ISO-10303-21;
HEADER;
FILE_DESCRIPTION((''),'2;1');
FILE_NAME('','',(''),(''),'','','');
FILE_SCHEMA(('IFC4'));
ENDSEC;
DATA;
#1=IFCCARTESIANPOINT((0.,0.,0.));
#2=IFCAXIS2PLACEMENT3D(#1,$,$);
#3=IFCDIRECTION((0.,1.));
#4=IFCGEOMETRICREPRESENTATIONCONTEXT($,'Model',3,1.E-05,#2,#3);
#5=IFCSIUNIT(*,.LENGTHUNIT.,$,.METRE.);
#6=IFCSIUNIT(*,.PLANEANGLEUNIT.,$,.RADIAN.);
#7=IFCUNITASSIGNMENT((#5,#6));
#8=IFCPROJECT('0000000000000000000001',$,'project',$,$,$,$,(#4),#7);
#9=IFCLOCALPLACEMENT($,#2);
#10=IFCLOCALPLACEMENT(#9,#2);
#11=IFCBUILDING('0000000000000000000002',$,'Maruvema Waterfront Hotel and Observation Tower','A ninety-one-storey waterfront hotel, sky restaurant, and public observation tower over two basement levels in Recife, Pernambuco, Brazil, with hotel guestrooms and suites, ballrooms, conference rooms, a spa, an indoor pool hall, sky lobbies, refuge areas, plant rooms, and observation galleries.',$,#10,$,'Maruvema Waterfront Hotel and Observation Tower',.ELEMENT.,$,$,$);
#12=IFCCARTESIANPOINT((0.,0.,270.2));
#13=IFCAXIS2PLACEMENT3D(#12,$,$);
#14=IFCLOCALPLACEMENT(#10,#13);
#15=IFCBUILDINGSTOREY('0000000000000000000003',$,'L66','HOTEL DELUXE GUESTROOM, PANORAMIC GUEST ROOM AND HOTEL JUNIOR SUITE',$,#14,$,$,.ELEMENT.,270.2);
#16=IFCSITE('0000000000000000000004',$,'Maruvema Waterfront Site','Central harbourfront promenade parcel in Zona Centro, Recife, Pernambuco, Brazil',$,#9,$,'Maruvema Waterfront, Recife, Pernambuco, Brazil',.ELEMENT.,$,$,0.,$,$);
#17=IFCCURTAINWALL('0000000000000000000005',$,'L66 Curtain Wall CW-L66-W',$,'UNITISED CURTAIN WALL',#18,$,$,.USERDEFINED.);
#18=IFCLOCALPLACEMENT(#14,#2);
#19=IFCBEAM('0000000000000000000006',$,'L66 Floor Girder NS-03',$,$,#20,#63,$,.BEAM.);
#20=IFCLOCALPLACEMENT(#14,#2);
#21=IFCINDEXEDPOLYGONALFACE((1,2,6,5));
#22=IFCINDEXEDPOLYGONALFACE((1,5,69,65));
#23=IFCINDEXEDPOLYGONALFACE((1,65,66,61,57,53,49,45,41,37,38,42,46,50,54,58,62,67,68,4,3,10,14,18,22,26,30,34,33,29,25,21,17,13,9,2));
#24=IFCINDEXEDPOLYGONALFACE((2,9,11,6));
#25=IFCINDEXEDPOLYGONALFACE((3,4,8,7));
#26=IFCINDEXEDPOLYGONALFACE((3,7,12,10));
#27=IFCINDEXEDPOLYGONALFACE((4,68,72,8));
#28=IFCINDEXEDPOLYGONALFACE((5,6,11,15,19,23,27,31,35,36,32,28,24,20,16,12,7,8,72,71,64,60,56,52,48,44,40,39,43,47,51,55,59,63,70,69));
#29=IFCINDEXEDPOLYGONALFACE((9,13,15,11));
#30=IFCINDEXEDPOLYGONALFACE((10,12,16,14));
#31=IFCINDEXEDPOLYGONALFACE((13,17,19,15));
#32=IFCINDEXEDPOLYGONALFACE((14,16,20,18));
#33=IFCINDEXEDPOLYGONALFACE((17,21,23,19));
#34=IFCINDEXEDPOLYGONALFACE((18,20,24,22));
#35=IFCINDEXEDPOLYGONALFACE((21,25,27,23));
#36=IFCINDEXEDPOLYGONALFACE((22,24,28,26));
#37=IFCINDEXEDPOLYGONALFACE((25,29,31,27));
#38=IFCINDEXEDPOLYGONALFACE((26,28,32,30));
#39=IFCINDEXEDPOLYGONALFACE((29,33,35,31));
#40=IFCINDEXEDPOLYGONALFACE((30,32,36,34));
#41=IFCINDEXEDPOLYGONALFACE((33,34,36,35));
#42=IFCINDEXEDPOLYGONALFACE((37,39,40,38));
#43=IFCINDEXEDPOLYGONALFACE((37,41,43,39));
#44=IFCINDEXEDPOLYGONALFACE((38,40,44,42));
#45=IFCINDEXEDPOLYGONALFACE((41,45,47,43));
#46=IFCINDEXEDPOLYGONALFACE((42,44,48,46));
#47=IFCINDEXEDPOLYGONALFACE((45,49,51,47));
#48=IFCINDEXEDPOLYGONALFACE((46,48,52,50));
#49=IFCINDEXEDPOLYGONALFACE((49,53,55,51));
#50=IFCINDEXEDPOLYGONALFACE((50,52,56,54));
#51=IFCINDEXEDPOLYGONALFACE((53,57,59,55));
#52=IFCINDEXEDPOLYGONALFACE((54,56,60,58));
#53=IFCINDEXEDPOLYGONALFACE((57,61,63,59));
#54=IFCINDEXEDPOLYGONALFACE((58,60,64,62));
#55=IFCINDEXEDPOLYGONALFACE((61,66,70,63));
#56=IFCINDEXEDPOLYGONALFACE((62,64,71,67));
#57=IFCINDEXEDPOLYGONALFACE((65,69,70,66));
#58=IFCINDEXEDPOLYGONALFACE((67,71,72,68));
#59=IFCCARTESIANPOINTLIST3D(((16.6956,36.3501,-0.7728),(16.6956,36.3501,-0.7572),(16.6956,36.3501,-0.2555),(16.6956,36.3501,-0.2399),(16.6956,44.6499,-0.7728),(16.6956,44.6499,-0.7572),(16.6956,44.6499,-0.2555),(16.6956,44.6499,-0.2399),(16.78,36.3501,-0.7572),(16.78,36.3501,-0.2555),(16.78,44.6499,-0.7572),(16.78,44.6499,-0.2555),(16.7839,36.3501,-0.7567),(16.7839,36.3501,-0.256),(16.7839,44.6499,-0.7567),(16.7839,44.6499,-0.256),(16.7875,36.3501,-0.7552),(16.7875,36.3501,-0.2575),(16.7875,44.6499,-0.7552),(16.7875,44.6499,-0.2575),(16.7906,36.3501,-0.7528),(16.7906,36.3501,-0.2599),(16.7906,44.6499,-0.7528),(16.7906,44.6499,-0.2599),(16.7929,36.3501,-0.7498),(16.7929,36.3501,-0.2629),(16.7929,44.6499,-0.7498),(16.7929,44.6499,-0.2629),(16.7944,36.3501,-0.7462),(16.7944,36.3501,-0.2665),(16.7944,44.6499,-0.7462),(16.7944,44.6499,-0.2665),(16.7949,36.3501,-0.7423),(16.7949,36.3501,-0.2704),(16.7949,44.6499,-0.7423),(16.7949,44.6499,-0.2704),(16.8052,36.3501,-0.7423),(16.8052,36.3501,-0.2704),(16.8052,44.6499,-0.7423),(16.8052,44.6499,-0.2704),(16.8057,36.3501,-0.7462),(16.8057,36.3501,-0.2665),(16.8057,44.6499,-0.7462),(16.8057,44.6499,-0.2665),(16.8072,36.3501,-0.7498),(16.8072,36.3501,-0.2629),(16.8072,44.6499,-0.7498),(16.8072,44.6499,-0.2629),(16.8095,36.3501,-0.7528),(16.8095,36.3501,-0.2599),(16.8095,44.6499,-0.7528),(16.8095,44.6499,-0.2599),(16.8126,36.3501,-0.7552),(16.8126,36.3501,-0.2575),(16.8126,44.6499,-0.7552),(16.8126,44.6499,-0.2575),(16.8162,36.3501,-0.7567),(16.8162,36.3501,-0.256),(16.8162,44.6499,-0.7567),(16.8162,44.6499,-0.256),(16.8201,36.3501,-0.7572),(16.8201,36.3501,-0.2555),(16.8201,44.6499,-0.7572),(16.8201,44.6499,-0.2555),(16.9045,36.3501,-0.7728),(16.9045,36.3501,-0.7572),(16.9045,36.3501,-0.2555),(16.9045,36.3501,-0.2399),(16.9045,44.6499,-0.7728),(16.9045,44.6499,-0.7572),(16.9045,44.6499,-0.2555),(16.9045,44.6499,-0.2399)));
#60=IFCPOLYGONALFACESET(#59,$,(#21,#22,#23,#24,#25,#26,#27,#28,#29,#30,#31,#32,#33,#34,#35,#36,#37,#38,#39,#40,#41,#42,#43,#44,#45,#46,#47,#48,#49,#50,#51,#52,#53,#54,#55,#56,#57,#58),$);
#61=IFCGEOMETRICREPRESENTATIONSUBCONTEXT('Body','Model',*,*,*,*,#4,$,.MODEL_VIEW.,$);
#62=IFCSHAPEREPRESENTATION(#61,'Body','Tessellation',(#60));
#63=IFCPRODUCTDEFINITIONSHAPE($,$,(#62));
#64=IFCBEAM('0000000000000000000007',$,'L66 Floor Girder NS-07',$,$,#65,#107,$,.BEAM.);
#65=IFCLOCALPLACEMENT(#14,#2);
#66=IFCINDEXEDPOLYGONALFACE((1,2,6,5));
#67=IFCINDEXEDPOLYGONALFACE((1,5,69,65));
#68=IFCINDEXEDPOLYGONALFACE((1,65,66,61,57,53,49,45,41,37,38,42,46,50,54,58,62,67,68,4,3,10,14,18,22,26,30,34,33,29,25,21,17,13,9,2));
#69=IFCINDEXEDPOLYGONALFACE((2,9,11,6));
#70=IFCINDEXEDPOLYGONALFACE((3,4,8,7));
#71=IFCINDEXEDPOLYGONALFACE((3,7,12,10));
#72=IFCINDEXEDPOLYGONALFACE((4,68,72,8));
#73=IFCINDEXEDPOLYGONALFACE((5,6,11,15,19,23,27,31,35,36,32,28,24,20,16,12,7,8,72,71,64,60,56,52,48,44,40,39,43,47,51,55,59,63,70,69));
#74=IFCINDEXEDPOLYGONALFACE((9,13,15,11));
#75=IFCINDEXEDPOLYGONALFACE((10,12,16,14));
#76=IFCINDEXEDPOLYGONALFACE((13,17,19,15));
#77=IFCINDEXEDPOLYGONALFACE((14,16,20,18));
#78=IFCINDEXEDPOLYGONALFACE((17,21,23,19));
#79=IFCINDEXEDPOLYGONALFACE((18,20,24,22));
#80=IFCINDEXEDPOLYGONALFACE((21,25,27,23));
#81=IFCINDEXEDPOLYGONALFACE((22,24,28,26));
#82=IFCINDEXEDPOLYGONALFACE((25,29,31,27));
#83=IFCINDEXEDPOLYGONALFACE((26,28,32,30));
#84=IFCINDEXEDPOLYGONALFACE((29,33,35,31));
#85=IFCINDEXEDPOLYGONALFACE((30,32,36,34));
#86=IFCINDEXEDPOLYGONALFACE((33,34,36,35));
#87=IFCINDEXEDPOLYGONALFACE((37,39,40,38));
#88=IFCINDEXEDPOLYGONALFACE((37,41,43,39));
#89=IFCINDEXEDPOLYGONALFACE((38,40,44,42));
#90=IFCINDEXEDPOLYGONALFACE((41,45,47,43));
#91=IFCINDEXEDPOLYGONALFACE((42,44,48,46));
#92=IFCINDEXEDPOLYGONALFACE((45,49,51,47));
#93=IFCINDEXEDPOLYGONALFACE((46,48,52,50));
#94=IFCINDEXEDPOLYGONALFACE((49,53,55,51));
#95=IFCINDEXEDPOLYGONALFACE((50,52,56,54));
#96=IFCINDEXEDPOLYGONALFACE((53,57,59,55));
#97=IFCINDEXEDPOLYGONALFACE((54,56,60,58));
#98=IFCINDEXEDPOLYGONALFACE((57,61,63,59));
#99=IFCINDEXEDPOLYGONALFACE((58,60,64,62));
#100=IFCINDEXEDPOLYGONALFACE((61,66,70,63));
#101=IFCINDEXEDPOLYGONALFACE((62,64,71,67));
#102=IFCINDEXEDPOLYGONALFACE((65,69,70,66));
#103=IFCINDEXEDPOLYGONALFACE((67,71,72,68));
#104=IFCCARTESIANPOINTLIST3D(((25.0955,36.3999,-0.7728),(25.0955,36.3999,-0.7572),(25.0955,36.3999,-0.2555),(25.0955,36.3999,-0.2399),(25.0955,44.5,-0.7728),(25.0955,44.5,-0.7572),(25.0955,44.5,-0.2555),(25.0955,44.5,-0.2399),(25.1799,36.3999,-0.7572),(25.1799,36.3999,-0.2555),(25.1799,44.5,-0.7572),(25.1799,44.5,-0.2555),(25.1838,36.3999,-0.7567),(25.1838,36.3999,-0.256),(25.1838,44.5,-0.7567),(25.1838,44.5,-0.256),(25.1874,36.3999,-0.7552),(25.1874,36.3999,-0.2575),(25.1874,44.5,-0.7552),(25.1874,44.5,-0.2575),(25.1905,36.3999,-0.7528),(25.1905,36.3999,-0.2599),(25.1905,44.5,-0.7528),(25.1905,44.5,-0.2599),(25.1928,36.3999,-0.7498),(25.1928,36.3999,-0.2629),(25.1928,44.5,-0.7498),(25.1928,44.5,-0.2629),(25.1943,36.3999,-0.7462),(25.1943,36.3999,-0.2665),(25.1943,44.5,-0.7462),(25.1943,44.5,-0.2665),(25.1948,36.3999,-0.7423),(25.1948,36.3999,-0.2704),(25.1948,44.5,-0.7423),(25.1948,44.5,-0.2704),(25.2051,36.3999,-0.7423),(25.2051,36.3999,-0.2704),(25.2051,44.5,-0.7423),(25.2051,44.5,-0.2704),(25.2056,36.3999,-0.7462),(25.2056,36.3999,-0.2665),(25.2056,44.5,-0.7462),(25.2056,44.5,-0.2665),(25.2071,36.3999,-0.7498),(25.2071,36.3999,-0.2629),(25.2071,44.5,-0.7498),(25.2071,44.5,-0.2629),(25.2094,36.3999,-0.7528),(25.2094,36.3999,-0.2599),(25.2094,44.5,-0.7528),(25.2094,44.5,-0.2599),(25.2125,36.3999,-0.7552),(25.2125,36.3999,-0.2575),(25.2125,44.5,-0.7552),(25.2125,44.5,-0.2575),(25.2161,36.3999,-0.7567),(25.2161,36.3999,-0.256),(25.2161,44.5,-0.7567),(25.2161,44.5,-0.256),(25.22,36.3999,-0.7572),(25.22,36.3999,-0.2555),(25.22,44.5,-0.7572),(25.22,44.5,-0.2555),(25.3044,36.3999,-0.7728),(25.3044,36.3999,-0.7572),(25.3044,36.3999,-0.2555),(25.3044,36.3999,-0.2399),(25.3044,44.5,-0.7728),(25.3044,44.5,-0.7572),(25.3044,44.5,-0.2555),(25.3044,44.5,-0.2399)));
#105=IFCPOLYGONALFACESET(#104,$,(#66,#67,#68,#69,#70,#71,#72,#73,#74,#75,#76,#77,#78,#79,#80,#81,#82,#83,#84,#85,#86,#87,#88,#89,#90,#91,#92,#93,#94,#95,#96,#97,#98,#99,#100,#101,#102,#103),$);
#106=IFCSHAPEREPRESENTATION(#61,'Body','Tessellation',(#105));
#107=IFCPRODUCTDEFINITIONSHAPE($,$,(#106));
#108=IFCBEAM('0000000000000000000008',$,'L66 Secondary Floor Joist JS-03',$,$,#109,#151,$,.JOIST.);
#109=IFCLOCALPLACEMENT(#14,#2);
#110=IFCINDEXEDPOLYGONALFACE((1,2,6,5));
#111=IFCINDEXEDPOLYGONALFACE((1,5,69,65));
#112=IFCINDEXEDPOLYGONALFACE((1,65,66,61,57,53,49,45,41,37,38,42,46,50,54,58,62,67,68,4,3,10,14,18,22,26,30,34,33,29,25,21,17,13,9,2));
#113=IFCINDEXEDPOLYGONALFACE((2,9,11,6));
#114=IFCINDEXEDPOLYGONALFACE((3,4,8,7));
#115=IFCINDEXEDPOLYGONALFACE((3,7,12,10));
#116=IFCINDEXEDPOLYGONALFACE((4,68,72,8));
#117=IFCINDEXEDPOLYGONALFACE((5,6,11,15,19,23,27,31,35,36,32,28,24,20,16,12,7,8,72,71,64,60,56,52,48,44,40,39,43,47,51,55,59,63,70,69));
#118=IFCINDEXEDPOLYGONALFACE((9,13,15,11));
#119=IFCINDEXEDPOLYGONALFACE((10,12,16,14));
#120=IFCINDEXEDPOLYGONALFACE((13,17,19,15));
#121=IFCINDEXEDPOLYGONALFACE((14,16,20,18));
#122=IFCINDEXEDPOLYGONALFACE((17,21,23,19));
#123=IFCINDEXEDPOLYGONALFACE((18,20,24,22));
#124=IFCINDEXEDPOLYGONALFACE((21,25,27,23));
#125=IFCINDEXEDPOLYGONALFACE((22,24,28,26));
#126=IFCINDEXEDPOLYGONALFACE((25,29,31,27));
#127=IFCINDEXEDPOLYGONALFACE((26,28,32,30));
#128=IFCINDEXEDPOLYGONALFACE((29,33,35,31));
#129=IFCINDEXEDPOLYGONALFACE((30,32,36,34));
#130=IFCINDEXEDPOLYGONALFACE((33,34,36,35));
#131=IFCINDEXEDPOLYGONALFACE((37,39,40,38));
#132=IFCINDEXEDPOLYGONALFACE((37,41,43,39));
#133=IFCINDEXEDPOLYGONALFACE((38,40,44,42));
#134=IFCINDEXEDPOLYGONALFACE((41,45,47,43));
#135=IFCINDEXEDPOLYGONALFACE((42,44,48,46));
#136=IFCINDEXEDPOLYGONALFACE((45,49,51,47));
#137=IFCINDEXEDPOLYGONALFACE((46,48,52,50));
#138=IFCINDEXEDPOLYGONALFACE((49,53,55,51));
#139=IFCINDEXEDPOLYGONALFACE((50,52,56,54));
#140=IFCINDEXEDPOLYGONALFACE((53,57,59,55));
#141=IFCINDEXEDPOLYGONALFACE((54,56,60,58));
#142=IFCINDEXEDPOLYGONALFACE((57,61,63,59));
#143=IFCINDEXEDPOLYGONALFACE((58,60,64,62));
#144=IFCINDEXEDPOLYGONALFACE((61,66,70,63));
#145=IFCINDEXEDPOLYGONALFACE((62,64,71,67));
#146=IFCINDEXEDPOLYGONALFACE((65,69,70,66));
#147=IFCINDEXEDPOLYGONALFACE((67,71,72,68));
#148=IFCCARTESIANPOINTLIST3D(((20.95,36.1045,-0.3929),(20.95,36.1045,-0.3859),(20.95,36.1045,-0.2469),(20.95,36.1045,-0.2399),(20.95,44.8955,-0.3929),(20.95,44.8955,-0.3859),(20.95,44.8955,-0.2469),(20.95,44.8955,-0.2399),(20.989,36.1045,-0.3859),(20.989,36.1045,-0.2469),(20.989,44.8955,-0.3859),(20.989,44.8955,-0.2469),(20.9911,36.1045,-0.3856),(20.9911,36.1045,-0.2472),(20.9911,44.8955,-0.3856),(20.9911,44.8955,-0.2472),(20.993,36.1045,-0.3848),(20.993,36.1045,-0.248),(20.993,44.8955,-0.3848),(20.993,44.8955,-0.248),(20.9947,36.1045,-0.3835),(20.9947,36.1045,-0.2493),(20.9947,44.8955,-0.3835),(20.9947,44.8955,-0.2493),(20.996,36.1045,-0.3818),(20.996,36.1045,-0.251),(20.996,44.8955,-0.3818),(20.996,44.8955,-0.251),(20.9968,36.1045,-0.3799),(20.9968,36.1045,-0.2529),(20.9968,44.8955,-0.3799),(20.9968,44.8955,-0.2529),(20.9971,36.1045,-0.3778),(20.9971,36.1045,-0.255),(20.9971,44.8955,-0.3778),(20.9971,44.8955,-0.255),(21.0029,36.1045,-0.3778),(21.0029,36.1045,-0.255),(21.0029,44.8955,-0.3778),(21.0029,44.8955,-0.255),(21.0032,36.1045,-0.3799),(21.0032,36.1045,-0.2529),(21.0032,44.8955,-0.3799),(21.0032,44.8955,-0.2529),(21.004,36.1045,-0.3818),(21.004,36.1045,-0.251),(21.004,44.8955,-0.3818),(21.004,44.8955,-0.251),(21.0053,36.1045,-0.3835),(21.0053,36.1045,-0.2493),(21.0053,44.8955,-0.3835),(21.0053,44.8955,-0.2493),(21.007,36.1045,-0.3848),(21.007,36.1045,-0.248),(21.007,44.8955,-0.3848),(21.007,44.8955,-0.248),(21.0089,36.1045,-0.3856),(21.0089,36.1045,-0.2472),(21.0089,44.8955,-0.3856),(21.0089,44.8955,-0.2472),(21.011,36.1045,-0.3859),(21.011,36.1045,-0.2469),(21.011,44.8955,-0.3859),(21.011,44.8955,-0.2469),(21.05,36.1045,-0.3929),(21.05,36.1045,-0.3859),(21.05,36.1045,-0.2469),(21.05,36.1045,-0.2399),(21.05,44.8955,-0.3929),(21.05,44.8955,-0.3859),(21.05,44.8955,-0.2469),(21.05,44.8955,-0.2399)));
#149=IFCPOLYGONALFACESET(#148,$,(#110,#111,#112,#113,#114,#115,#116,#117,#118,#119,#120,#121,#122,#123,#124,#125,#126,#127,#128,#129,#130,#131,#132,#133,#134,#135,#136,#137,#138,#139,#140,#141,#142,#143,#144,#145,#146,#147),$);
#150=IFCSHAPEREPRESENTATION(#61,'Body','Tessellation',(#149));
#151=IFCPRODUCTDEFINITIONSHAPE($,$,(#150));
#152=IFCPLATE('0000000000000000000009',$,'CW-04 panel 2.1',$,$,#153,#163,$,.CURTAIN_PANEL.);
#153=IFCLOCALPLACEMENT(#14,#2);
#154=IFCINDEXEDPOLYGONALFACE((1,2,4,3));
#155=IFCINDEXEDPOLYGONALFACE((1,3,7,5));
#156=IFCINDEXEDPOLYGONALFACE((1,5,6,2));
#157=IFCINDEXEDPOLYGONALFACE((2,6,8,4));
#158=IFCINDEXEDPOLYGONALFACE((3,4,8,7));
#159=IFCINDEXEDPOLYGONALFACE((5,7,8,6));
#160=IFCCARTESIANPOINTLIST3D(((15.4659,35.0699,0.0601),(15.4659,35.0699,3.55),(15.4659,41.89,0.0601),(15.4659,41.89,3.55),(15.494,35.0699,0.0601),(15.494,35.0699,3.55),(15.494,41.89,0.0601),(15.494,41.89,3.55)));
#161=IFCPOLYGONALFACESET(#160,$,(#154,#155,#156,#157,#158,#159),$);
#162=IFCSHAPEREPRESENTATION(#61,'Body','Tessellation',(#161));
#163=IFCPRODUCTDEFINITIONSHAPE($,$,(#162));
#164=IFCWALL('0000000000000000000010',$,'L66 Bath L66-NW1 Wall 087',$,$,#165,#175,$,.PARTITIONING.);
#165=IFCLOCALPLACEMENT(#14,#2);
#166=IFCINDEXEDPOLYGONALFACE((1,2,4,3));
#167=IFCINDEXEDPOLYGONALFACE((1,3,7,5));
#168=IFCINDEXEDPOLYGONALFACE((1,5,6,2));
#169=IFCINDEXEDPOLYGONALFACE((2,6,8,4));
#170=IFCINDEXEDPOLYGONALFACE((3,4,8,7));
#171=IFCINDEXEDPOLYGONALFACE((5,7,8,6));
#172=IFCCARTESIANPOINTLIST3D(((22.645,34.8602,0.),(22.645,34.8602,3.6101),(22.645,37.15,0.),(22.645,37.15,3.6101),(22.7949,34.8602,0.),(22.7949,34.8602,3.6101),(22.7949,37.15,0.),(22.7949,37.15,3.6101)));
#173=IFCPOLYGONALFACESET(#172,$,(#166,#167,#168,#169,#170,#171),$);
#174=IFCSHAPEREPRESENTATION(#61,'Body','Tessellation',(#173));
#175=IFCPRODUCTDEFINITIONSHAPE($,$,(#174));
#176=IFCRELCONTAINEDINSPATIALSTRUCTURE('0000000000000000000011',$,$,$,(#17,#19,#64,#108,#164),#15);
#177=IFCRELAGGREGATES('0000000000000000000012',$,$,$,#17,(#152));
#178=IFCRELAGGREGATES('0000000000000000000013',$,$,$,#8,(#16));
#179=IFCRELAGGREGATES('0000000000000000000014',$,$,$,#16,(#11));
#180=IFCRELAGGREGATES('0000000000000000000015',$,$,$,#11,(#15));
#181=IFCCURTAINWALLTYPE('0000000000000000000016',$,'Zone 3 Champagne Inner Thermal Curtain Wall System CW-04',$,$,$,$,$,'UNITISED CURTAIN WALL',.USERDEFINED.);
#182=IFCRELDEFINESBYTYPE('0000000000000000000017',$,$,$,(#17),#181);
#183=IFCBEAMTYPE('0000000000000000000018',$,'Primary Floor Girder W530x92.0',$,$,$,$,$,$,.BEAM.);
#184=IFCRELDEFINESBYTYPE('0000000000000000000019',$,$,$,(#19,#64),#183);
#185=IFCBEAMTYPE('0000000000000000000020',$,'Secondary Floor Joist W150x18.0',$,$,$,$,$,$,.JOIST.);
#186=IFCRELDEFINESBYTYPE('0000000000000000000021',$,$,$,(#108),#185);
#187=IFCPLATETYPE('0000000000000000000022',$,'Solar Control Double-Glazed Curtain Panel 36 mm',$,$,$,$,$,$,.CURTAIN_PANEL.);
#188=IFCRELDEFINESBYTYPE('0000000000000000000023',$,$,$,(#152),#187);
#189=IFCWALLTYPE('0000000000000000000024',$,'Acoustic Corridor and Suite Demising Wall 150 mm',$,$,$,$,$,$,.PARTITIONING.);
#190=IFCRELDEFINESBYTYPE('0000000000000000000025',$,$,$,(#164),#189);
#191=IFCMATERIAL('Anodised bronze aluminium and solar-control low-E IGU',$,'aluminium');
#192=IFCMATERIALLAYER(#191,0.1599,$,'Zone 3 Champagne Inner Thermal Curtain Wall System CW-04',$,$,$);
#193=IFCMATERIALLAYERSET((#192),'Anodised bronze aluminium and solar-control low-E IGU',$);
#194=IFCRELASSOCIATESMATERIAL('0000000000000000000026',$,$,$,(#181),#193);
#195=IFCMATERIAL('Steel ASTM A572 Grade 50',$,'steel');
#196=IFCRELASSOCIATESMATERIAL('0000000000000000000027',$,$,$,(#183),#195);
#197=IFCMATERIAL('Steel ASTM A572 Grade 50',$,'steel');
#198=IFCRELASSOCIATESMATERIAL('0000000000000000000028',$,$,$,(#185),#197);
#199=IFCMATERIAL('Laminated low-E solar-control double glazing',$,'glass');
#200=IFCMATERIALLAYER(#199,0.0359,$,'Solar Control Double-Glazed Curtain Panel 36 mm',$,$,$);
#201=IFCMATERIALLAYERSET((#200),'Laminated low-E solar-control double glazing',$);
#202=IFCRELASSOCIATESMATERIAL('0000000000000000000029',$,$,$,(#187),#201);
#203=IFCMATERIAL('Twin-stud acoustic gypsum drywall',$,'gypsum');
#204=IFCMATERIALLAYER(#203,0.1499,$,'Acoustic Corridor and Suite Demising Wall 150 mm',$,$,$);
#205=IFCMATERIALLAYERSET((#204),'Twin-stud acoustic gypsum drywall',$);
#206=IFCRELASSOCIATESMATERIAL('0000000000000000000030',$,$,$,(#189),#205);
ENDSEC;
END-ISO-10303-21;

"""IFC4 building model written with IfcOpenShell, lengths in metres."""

from ifc_helpers import new_model, si_unit, direction, frame, frame_2d, origin, origin_2d, place, context, subcontext, project, spatial, rectangle, i_section, extrude, material, layer, layer_set, material_profile, profile_set, type_object, element, aggregate, save


model = new_model("IFC4")

# Units and contexts
model_context = context("Model", 3, precision=1e-05, world=origin(), true_north=direction((0.0, 1.0)))
body_context = subcontext(model_context, "Body", "Model", "MODEL_VIEW")
ifc_project = project(units=[si_unit("LENGTHUNIT", "METRE"), si_unit("PLANEANGLEUNIT", "RADIAN")], contexts=[model_context])

# Site, building, storey
site_placement = place(None, origin())
site = spatial("IfcSite", under=ifc_project, at=site_placement, Name="Maruvema Waterfront Site", Description="Central harbourfront promenade parcel in Zona Centro, Recife, Pernambuco, Brazil", LongName="Maruvema Waterfront, Recife, Pernambuco, Brazil", CompositionType="ELEMENT", RefElevation=0.0)
building_placement = place(site_placement, origin())
building = spatial("IfcBuilding", under=site, at=building_placement, Name="Maruvema Waterfront Hotel and Observation Tower", Description="A ninety-one-storey waterfront hotel, sky restaurant, and public observation tower over two basement levels in Recife, Pernambuco, Brazil, with hotel guestrooms and suites, ballrooms, conference rooms, a spa, an indoor pool hall, sky lobbies, refuge areas, plant rooms, and observation galleries.", LongName="Maruvema Waterfront Hotel and Observation Tower", CompositionType="ELEMENT")
storey_placement = place(building_placement, frame((0.0, 0.0, 270.2)))
storey = spatial("IfcBuildingStorey", under=building, at=storey_placement, Name="L66", Description="HOTEL DELUXE GUESTROOM, PANORAMIC GUEST ROOM AND HOTEL JUNIOR SUITE", CompositionType="ELEMENT", Elevation=270.2)

# Curtain wall
ifc_material_1 = material(Name="Anodised bronze aluminium and solar-control low-E IGU", Category="aluminium")
ifc_layer_1 = layer(ifc_material_1, 0.1599, Name="Zone 3 Champagne Inner Thermal Curtain Wall System CW-04")
ifc_layer_set_1 = layer_set([ifc_layer_1], Name="Anodised bronze aluminium and solar-control low-E IGU")
curtain_wall_type = type_object("IfcCurtainWallType", Name="Zone 3 Champagne Inner Thermal Curtain Wall System CW-04", ElementType="UNITISED CURTAIN WALL", PredefinedType="USERDEFINED", material=ifc_layer_set_1)
curtain_wall_placement = place(storey_placement, origin())
curtain_wall = element("IfcCurtainWall", 1, at=curtain_wall_placement, inside=storey, type_object=curtain_wall_type, Name="L66 Curtain Wall CW-L66-W", ObjectType="UNITISED CURTAIN WALL", PredefinedType="USERDEFINED")

# Beams
ifc_material_2 = material(Name="Steel ASTM A572 Grade 50", Category="steel")
ifc_material_profile_1 = material_profile(ifc_material_2, i_section(OverallWidth=0.209, OverallDepth=0.533, WebThickness=0.0103, FlangeThickness=0.0156, FilletRadius=0.0149, at=origin_2d()), Name="W530x92.0")
ifc_profile_set_1 = profile_set([ifc_material_profile_1], Name="Steel ASTM A572 Grade 50")
beam_type_1 = type_object("IfcBeamType", Name="Primary Floor Girder W530x92.0", PredefinedType="BEAM", material=ifc_profile_set_1)
beam_1_placement = place(storey_placement, frame((16.8, 36.3501, -0.5063), z_axis=(0.0, 1.0, 0.0), x_axis=(-1.0, 0.0, 0.0)))
element("IfcBeam", 2, at=beam_1_placement, inside=storey, type_object=beam_type_1, Name="L66 Floor Girder NS-03", PredefinedType="BEAM", context=body_context, shape_type="SweptSolid", body=[
    extrude(i_section(OverallWidth=0.209, OverallDepth=0.533, WebThickness=0.0103, FlangeThickness=0.0156, FilletRadius=0.0149, at=origin_2d()), origin(), (0.0, 0.0, 1.0), 8.2998),
])
beam_2_placement = place(storey_placement, frame((25.2, 36.3999, -0.5063), z_axis=(0.0, 1.0, 0.0), x_axis=(-1.0, 0.0, 0.0)))
element("IfcBeam", 3, at=beam_2_placement, inside=storey, type_object=beam_type_1, Name="L66 Floor Girder NS-07", PredefinedType="BEAM", context=body_context, shape_type="SweptSolid", body=[
    extrude(i_section(OverallWidth=0.209, OverallDepth=0.533, WebThickness=0.0103, FlangeThickness=0.0156, FilletRadius=0.0149, at=origin_2d()), origin(), (0.0, 0.0, 1.0), 8.1001),
])
ifc_material_3 = material(Name="Steel ASTM A572 Grade 50", Category="steel")
ifc_material_profile_2 = material_profile(ifc_material_3, i_section(OverallWidth=0.1001, OverallDepth=0.1531, WebThickness=0.0059, FlangeThickness=0.0071, FilletRadius=0.0081, at=origin_2d()), Name="W150x18.0")
ifc_profile_set_2 = profile_set([ifc_material_profile_2], Name="Steel ASTM A572 Grade 50")
beam_type_2 = type_object("IfcBeamType", Name="Secondary Floor Joist W150x18.0", PredefinedType="JOIST", material=ifc_profile_set_2)
beam_3_placement = place(storey_placement, frame((21.0, 36.1045, -0.3164), z_axis=(0.0, 1.0, 0.0), x_axis=(-1.0, 0.0, 0.0)))
element("IfcBeam", 4, at=beam_3_placement, inside=storey, type_object=beam_type_2, Name="L66 Secondary Floor Joist JS-03", PredefinedType="JOIST", context=body_context, shape_type="SweptSolid", body=[
    extrude(i_section(OverallWidth=0.1001, OverallDepth=0.1531, WebThickness=0.0059, FlangeThickness=0.0071, FilletRadius=0.0081, at=origin_2d()), origin(), (0.0, 0.0, 1.0), 8.791),
])

# Plate
ifc_material_4 = material(Name="Laminated low-E solar-control double glazing", Category="glass")
ifc_layer_2 = layer(ifc_material_4, 0.0359, Name="Solar Control Double-Glazed Curtain Panel 36 mm")
ifc_layer_set_2 = layer_set([ifc_layer_2], Name="Laminated low-E solar-control double glazing")
plate_type = type_object("IfcPlateType", Name="Solar Control Double-Glazed Curtain Panel 36 mm", PredefinedType="CURTAIN_PANEL", material=ifc_layer_set_2)
plate_placement = place(storey_placement, frame((15.48, 38.48, 0.0601), z_axis=(0.0, 0.0, 1.0), x_axis=(0.0, -1.0, 0.0)))
plate = element("IfcPlate", 5, at=plate_placement, type_object=plate_type, Name="CW-04 panel 2.1", PredefinedType="CURTAIN_PANEL", context=body_context, shape_type="SweptSolid", body=[
    extrude(rectangle(XDim=6.8201, YDim=0.0281, at=origin_2d()), origin(), (0.0, 0.0, 1.0), 3.49),
])
aggregate(curtain_wall, [plate])

# Wall
ifc_material_5 = material(Name="Twin-stud acoustic gypsum drywall", Category="gypsum")
ifc_layer_3 = layer(ifc_material_5, 0.1499, Name="Acoustic Corridor and Suite Demising Wall 150 mm")
ifc_layer_set_3 = layer_set([ifc_layer_3], Name="Twin-stud acoustic gypsum drywall")
wall_type_1 = type_object("IfcWallType", Name="Acoustic Corridor and Suite Demising Wall 150 mm", PredefinedType="PARTITIONING", material=ifc_layer_set_3)
wall_1_placement = place(storey_placement, frame((22.72, 34.8601, 0.0), z_axis=(0.0, 0.0, 1.0), x_axis=(0.0, 1.0, 0.0)))
element("IfcWall", 6, at=wall_1_placement, inside=storey, type_object=wall_type_1, Name="L66 Bath L66-NW1 Wall 087", PredefinedType="PARTITIONING", context=body_context, shape_type="SweptSolid", body=[
    extrude(rectangle(XDim=2.2898, YDim=0.1499, at=frame_2d((1.145, 0.0))), origin(), (0.0, 0.0, 1.0), 3.6101),
])

save(model, "model.ifc")
